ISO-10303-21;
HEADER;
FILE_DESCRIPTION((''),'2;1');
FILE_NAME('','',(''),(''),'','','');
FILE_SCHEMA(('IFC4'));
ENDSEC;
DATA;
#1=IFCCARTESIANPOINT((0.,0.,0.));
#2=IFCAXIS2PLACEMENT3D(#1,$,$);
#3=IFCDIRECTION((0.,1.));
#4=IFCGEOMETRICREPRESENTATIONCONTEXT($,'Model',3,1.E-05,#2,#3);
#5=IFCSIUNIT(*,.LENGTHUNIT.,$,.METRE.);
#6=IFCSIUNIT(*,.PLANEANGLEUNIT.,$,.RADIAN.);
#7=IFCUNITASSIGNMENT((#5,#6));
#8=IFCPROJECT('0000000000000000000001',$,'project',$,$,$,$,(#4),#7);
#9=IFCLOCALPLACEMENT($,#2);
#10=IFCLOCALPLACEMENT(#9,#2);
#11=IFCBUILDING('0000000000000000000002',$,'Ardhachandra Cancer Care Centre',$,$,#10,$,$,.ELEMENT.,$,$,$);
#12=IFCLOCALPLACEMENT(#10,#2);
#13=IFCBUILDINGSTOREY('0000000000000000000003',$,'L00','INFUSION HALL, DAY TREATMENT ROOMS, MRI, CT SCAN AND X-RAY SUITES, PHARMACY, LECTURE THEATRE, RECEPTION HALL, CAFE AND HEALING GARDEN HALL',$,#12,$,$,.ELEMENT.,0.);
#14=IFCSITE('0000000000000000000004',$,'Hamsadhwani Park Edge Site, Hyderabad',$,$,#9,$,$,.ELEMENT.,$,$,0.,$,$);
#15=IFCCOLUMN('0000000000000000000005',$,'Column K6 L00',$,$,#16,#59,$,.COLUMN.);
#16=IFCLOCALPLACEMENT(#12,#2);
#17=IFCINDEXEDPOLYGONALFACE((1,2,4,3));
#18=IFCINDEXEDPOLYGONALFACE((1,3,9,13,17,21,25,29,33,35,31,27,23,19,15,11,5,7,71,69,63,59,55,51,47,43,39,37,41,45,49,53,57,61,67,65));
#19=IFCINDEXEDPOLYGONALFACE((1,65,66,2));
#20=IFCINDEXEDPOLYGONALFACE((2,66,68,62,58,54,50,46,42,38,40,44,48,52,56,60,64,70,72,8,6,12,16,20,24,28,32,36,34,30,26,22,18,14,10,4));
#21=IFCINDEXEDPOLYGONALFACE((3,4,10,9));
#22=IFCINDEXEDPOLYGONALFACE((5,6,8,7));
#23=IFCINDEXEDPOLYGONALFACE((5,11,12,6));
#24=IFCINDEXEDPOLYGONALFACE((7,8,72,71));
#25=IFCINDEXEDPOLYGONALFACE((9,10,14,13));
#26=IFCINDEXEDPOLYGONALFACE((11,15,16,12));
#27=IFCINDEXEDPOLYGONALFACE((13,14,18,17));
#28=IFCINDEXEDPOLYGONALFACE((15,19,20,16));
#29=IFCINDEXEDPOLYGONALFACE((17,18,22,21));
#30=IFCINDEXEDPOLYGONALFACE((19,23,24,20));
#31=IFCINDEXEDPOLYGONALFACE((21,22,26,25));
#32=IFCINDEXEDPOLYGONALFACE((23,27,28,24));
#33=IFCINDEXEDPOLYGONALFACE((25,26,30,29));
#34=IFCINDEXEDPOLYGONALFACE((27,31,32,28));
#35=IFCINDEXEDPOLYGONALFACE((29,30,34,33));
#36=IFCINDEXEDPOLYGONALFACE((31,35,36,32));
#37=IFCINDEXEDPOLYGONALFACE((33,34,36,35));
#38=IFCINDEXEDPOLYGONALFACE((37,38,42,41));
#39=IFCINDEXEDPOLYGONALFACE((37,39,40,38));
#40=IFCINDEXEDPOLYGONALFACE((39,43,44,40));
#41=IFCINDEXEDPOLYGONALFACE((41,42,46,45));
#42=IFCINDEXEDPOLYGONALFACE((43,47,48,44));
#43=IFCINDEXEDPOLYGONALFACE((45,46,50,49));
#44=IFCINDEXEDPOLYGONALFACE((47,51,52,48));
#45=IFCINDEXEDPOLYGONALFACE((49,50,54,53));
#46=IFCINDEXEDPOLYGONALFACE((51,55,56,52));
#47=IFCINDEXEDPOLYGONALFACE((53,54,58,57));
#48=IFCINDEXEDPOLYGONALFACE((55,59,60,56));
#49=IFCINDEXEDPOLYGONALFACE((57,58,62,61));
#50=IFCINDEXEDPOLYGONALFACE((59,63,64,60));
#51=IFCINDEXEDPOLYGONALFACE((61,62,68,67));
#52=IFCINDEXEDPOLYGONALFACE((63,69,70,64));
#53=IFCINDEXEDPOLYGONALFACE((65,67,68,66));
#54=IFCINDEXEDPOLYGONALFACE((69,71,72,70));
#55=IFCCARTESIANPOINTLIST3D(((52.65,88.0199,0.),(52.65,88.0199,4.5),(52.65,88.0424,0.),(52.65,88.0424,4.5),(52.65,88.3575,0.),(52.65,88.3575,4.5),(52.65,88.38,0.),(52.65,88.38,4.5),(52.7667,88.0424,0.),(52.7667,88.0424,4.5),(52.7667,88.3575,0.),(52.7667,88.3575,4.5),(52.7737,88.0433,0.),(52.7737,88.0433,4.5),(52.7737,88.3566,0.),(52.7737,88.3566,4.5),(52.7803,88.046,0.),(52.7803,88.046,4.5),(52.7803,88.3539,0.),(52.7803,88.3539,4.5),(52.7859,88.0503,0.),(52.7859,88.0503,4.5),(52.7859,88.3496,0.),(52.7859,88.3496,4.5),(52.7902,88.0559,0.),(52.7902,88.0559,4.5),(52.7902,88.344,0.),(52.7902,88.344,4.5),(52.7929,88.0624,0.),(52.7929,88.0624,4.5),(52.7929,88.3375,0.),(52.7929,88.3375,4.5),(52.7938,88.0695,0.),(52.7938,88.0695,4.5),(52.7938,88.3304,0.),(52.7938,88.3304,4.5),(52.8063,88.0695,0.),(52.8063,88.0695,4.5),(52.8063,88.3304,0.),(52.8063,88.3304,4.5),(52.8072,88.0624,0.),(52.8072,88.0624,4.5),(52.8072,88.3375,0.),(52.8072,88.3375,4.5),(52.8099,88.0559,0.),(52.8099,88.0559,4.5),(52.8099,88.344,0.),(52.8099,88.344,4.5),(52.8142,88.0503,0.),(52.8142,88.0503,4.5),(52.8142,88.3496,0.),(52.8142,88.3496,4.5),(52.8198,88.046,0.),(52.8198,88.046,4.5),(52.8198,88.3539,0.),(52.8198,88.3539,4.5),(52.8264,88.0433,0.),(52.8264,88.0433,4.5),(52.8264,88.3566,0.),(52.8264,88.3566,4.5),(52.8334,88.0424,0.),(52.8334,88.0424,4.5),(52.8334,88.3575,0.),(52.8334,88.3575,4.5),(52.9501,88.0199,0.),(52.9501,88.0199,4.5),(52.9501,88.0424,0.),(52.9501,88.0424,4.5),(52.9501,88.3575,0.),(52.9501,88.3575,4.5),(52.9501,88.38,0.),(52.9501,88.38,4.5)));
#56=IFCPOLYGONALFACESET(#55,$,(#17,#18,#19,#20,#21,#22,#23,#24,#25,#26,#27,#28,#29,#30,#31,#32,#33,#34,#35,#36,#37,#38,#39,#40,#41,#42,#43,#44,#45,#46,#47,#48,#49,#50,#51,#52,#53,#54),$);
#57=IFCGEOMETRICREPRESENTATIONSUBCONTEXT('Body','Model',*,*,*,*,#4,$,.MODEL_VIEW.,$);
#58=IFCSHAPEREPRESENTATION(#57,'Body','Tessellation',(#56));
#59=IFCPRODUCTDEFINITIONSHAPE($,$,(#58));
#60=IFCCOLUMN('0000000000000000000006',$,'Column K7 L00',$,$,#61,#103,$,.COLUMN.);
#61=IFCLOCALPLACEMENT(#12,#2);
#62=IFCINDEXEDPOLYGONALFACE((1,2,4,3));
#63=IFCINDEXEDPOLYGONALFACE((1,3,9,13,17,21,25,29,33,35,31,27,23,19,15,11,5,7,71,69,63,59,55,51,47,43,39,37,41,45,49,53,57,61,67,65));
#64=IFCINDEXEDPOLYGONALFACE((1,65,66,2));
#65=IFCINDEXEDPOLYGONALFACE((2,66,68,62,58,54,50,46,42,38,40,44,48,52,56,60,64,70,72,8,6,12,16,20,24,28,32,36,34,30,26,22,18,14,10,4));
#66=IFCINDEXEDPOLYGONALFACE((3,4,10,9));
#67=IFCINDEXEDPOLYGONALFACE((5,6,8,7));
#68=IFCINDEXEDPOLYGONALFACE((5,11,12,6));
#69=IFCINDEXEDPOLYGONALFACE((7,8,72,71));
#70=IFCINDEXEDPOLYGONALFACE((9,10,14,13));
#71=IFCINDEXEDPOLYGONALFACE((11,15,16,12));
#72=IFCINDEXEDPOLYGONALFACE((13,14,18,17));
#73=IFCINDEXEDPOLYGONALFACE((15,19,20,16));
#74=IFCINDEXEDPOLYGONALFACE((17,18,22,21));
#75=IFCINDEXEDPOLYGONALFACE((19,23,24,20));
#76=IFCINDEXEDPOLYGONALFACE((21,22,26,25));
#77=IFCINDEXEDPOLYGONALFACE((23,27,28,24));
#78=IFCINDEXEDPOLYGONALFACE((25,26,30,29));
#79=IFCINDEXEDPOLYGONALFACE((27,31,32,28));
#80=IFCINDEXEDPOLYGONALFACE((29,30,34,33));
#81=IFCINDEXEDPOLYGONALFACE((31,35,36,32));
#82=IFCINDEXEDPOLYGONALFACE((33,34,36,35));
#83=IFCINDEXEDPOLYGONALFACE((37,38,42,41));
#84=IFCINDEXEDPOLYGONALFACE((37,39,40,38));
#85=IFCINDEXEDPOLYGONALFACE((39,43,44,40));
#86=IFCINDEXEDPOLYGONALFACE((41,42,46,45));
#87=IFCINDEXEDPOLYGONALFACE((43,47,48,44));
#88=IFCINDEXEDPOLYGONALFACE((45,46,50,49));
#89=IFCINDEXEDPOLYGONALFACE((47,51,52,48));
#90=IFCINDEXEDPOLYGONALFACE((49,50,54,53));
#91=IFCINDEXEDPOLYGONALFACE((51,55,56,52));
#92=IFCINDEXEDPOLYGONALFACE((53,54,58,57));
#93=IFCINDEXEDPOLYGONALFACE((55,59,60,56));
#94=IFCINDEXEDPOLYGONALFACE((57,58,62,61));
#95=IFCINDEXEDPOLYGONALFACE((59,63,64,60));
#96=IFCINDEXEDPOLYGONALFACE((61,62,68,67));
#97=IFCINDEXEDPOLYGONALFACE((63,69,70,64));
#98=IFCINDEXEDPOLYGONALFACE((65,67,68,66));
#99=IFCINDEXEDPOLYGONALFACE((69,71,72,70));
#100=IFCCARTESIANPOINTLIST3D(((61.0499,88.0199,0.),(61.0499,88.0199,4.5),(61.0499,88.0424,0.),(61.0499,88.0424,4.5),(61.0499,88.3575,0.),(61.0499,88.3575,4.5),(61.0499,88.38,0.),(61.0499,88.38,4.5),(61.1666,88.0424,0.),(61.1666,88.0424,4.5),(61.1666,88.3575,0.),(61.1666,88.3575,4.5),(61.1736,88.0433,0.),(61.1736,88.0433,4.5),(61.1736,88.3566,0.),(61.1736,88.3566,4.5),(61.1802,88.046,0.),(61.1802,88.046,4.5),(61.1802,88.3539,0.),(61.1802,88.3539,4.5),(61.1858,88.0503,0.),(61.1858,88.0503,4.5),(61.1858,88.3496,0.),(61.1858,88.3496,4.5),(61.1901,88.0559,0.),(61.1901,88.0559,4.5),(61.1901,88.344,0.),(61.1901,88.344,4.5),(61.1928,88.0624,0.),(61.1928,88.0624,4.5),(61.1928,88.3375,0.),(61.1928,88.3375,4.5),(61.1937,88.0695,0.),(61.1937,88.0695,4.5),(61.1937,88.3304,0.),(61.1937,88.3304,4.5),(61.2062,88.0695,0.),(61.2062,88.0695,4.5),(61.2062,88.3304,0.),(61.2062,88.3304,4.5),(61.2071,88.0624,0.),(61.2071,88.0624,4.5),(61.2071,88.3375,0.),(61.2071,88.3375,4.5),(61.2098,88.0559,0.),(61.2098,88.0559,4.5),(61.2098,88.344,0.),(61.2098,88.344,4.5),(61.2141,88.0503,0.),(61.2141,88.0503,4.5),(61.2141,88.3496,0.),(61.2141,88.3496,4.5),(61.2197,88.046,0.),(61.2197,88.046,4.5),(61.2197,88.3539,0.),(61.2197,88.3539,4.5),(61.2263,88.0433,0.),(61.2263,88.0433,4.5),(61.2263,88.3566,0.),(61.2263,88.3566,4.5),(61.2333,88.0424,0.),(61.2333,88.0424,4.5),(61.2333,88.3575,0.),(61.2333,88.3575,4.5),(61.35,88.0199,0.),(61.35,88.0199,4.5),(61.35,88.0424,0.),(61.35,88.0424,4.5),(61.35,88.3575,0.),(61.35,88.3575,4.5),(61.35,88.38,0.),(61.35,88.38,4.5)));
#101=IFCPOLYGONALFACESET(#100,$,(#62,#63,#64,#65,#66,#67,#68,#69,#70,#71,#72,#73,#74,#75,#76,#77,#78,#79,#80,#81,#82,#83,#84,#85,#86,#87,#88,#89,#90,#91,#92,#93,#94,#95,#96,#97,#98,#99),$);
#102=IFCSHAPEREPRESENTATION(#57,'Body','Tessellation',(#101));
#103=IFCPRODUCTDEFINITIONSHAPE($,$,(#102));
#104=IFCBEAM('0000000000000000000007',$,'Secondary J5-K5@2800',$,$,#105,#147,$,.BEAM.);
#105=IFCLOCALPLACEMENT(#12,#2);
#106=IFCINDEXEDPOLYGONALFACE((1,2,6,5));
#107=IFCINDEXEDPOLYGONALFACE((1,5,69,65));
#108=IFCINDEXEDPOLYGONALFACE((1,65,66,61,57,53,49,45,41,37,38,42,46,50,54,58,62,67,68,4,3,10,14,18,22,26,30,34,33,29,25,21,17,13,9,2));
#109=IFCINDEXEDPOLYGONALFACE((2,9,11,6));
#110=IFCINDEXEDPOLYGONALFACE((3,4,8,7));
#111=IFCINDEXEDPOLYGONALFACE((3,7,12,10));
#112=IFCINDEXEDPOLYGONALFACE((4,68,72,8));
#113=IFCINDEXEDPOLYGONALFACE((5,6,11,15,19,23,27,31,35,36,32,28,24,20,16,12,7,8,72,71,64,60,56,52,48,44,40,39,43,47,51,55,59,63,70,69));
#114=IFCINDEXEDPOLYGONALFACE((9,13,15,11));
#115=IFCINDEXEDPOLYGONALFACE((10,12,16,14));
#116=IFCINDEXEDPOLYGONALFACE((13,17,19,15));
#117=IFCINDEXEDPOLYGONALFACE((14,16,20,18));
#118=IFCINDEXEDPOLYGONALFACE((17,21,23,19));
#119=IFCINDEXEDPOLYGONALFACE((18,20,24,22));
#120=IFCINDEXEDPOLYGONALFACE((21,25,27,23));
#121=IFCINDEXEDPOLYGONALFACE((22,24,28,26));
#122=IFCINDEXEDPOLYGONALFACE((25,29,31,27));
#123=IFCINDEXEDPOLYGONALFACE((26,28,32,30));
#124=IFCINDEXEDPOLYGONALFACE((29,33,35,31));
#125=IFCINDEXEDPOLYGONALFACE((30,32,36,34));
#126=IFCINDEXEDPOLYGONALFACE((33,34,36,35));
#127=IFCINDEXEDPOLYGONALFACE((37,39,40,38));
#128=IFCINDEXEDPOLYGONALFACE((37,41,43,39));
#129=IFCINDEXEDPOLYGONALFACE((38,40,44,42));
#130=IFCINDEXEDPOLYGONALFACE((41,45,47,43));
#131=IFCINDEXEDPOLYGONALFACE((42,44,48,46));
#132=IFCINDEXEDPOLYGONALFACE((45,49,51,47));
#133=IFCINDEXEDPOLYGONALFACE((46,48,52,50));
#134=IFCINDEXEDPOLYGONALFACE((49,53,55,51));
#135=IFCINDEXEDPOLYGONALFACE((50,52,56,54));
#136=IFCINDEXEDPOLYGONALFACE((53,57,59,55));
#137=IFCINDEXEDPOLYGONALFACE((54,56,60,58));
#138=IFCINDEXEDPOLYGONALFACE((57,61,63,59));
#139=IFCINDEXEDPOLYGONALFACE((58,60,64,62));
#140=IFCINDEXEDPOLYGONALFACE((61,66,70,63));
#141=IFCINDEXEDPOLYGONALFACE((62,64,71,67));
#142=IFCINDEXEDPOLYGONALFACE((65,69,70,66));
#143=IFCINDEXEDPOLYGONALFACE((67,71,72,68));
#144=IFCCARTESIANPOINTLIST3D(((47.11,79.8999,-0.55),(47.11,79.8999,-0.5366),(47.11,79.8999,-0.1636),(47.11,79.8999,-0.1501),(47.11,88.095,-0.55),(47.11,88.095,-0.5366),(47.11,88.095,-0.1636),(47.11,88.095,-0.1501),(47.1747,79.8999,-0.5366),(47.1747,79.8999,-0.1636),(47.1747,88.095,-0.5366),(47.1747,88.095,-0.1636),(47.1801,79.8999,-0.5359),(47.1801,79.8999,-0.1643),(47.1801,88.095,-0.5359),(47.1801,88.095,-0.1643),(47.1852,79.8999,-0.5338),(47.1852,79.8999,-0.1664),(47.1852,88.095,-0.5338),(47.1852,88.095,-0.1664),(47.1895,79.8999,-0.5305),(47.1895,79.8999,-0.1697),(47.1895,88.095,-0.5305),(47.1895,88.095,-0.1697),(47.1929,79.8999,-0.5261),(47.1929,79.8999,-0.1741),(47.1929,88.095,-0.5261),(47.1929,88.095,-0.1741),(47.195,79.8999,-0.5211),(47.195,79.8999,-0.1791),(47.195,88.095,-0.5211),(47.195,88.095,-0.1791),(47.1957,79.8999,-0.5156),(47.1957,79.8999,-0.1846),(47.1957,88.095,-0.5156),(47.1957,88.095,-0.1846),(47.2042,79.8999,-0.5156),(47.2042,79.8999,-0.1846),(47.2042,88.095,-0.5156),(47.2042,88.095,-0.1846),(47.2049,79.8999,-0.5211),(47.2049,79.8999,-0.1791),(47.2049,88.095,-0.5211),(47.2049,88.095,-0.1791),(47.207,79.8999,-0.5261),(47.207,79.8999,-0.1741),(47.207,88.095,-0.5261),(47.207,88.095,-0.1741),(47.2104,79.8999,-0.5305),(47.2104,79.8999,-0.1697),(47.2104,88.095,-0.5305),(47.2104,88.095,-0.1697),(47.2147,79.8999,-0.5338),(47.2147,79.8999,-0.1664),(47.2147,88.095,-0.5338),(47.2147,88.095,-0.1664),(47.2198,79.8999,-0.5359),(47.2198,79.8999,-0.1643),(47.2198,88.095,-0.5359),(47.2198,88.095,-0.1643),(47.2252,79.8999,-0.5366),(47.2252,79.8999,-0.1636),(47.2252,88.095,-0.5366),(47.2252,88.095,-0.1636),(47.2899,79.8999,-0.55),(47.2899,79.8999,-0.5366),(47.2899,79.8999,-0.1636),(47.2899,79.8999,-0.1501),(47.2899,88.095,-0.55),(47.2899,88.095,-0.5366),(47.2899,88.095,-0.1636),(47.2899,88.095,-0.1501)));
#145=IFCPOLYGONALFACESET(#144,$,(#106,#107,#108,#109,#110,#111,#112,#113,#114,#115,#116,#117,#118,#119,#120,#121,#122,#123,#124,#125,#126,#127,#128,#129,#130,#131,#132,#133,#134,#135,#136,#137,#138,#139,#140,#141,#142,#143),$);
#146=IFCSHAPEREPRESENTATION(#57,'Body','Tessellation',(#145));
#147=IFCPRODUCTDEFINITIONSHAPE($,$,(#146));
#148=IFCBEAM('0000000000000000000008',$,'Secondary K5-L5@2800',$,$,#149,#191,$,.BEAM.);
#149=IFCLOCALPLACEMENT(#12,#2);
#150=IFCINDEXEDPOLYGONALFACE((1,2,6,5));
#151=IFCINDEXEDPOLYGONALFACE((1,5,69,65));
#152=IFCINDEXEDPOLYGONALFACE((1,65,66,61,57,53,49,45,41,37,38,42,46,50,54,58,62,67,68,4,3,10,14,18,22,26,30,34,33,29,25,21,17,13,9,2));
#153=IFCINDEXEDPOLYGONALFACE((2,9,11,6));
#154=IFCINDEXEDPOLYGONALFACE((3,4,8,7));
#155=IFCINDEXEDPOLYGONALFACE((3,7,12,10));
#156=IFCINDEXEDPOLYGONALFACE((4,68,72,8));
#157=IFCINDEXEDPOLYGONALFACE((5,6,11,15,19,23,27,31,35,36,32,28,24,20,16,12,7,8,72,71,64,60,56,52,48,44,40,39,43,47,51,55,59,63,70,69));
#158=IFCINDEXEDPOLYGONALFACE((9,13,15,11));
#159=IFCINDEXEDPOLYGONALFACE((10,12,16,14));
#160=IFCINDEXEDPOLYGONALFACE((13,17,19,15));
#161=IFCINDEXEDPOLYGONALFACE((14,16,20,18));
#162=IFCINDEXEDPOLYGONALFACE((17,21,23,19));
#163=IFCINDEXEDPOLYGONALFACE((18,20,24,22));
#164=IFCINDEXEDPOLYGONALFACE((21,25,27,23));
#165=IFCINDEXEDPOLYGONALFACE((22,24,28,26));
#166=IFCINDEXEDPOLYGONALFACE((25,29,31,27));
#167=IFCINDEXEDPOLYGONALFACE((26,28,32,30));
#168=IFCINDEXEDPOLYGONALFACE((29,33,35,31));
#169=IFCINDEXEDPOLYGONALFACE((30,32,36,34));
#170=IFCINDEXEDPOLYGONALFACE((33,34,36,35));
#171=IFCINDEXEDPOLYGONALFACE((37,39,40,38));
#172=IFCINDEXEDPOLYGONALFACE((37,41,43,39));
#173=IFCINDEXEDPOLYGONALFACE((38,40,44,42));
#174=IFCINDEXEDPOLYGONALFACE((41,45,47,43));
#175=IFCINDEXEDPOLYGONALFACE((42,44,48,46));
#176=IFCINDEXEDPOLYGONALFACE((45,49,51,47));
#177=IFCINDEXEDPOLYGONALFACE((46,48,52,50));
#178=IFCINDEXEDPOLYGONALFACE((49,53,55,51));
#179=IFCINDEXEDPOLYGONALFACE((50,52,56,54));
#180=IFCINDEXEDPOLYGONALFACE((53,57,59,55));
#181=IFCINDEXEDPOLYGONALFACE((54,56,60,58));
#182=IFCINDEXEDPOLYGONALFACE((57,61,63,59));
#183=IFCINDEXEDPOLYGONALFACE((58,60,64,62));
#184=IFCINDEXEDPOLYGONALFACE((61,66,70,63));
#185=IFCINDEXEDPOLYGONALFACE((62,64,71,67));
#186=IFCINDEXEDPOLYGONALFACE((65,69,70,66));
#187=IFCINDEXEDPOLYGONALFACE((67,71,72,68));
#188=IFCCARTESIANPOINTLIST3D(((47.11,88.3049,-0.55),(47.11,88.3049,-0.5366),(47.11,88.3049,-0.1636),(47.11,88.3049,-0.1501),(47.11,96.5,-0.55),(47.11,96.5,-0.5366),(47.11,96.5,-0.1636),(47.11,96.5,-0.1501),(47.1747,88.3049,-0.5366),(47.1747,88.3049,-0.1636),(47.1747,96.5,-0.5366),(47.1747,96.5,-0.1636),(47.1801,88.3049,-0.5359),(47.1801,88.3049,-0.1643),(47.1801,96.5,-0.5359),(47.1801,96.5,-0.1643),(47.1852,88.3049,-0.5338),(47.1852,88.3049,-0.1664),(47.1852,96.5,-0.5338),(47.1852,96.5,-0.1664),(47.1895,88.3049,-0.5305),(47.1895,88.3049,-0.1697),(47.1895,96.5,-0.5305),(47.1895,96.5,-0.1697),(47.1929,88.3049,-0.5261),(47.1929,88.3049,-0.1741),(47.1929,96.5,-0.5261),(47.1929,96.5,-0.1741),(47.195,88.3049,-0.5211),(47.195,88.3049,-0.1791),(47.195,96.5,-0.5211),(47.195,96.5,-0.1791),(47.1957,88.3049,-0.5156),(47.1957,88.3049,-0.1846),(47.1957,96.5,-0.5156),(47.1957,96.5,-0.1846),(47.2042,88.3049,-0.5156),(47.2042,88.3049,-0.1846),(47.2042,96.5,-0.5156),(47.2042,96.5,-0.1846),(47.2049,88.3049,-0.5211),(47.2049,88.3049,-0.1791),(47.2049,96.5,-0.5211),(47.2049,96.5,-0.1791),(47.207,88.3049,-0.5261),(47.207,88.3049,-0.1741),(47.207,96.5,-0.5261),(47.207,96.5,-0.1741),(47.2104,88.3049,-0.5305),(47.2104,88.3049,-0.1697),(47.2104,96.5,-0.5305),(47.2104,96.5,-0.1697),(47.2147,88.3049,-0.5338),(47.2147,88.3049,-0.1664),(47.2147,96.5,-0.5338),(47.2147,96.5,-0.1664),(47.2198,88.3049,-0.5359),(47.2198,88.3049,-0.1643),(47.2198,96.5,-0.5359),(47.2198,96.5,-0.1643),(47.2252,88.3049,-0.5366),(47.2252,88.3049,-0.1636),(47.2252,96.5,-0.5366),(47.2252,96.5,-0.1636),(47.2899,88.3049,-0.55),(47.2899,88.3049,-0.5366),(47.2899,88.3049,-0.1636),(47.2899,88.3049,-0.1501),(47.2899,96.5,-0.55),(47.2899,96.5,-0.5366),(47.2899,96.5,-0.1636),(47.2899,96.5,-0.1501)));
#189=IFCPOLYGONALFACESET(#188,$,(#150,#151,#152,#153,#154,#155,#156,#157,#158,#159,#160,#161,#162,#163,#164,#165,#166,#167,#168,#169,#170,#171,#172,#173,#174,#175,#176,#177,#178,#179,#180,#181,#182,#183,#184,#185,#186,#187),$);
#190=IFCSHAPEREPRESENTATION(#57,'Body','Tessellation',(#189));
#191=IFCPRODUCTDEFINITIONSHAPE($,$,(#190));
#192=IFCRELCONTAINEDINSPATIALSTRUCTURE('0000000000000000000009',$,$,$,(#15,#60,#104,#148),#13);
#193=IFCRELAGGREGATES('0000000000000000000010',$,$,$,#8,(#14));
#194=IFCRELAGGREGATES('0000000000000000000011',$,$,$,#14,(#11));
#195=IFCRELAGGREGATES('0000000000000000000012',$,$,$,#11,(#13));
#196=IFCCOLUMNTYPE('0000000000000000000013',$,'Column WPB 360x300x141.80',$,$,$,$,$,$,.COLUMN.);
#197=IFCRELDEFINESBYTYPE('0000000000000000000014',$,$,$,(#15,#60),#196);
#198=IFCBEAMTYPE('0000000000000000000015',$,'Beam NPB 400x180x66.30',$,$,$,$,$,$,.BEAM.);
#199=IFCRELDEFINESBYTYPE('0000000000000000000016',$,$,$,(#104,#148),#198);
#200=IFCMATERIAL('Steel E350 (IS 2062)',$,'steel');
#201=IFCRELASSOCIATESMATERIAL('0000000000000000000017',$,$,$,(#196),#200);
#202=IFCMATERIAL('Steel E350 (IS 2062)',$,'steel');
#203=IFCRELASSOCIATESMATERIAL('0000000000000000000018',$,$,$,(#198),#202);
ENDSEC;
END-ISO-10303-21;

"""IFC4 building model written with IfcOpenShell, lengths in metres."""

from ifc_helpers import new_model, si_unit, direction, frame, origin, origin_2d, place, context, subcontext, project, spatial, i_section, extrude, material, material_profile, profile_set, type_object, element, save


model = new_model("IFC4")

# Units and contexts
model_context = context("Model", 3, precision=1e-05, world=origin(), true_north=direction((0.0, 1.0)))
body_context = subcontext(model_context, "Body", "Model", "MODEL_VIEW")
ifc_project = project(units=[si_unit("LENGTHUNIT", "METRE"), si_unit("PLANEANGLEUNIT", "RADIAN")], contexts=[model_context])

# Site, building, storey
site_placement = place(None, origin())
site = spatial("IfcSite", under=ifc_project, at=site_placement, Name="Hamsadhwani Park Edge Site, Hyderabad", CompositionType="ELEMENT", RefElevation=0.0)
building_placement = place(site_placement, origin())
building = spatial("IfcBuilding", under=site, at=building_placement, Name="Ardhachandra Cancer Care Centre", CompositionType="ELEMENT")
storey_placement = place(building_placement, origin())
storey = spatial("IfcBuildingStorey", under=building, at=storey_placement, Name="L00", Description="INFUSION HALL, DAY TREATMENT ROOMS, MRI, CT SCAN AND X-RAY SUITES, PHARMACY, LECTURE THEATRE, RECEPTION HALL, CAFE AND HEALING GARDEN HALL", CompositionType="ELEMENT", Elevation=0.0)

# Columns
ifc_material_1 = material(Name="Steel E350 (IS 2062)", Category="steel")
ifc_material_profile_1 = material_profile(ifc_material_1, i_section(OverallWidth=0.3, OverallDepth=0.3601, WebThickness=0.0125, FlangeThickness=0.0225, FilletRadius=0.0271, at=origin_2d()), Name="WPB 360x300x141.80")
ifc_profile_set_1 = profile_set([ifc_material_profile_1], Name="Steel E350 (IS 2062)")
column_type = type_object("IfcColumnType", Name="Column WPB 360x300x141.80", PredefinedType="COLUMN", material=ifc_profile_set_1)
for number, where, z_axis, x_axis, name in (
    (1, (52.8, 88.2, 0.0), (0.0, 0.0, 1.0), (1.0, 0.0, 0.0), "Column K6 L00"),
    (2, (61.2, 88.2, 0.0), (0.0, 0.0, 1.0), (1.0, 0.0, 0.0), "Column K7 L00"),
):
    element("IfcColumn", number, at=place(storey_placement, frame(where, z_axis=z_axis, x_axis=x_axis)), inside=storey, type_object=column_type, Name=name, PredefinedType="COLUMN", context=body_context, shape_type="SweptSolid", body=[
        extrude(i_section(OverallWidth=0.3, OverallDepth=0.3601, WebThickness=0.0125, FlangeThickness=0.0225, FilletRadius=0.0271, at=origin_2d()), origin(), (0.0, 0.0, 1.0), 4.5),
    ])

# Beams
ifc_material_2 = material(Name="Steel E350 (IS 2062)", Category="steel")
ifc_material_profile_2 = material_profile(ifc_material_2, i_section(OverallWidth=0.1799, OverallDepth=0.3999, WebThickness=0.0085, FlangeThickness=0.0134, FilletRadius=0.021, at=origin_2d()), Name="NPB 400x180x66.30")
ifc_profile_set_2 = profile_set([ifc_material_profile_2], Name="Steel E350 (IS 2062)")
beam_type_1 = type_object("IfcBeamType", Name="Beam NPB 400x180x66.30", PredefinedType="BEAM", material=ifc_profile_set_2)
for number, where, z_axis, x_axis, name in (
    (3, (47.2, 79.8999, -0.3501), (0.0, 1.0, 0.0), (-1.0, 0.0, 0.0), "Secondary J5-K5@2800"),
    (4, (47.2, 88.3049, -0.3501), (0.0, 1.0, 0.0), (-1.0, 0.0, 0.0), "Secondary K5-L5@2800"),
):
    element("IfcBeam", number, at=place(storey_placement, frame(where, z_axis=z_axis, x_axis=x_axis)), inside=storey, type_object=beam_type_1, Name=name, PredefinedType="BEAM", context=body_context, shape_type="SweptSolid", body=[
        extrude(i_section(OverallWidth=0.1799, OverallDepth=0.3999, WebThickness=0.0085, FlangeThickness=0.0134, FilletRadius=0.021, at=origin_2d()), origin(), (0.0, 0.0, 1.0), 8.1951),
    ])

save(model, "model.ifc")
